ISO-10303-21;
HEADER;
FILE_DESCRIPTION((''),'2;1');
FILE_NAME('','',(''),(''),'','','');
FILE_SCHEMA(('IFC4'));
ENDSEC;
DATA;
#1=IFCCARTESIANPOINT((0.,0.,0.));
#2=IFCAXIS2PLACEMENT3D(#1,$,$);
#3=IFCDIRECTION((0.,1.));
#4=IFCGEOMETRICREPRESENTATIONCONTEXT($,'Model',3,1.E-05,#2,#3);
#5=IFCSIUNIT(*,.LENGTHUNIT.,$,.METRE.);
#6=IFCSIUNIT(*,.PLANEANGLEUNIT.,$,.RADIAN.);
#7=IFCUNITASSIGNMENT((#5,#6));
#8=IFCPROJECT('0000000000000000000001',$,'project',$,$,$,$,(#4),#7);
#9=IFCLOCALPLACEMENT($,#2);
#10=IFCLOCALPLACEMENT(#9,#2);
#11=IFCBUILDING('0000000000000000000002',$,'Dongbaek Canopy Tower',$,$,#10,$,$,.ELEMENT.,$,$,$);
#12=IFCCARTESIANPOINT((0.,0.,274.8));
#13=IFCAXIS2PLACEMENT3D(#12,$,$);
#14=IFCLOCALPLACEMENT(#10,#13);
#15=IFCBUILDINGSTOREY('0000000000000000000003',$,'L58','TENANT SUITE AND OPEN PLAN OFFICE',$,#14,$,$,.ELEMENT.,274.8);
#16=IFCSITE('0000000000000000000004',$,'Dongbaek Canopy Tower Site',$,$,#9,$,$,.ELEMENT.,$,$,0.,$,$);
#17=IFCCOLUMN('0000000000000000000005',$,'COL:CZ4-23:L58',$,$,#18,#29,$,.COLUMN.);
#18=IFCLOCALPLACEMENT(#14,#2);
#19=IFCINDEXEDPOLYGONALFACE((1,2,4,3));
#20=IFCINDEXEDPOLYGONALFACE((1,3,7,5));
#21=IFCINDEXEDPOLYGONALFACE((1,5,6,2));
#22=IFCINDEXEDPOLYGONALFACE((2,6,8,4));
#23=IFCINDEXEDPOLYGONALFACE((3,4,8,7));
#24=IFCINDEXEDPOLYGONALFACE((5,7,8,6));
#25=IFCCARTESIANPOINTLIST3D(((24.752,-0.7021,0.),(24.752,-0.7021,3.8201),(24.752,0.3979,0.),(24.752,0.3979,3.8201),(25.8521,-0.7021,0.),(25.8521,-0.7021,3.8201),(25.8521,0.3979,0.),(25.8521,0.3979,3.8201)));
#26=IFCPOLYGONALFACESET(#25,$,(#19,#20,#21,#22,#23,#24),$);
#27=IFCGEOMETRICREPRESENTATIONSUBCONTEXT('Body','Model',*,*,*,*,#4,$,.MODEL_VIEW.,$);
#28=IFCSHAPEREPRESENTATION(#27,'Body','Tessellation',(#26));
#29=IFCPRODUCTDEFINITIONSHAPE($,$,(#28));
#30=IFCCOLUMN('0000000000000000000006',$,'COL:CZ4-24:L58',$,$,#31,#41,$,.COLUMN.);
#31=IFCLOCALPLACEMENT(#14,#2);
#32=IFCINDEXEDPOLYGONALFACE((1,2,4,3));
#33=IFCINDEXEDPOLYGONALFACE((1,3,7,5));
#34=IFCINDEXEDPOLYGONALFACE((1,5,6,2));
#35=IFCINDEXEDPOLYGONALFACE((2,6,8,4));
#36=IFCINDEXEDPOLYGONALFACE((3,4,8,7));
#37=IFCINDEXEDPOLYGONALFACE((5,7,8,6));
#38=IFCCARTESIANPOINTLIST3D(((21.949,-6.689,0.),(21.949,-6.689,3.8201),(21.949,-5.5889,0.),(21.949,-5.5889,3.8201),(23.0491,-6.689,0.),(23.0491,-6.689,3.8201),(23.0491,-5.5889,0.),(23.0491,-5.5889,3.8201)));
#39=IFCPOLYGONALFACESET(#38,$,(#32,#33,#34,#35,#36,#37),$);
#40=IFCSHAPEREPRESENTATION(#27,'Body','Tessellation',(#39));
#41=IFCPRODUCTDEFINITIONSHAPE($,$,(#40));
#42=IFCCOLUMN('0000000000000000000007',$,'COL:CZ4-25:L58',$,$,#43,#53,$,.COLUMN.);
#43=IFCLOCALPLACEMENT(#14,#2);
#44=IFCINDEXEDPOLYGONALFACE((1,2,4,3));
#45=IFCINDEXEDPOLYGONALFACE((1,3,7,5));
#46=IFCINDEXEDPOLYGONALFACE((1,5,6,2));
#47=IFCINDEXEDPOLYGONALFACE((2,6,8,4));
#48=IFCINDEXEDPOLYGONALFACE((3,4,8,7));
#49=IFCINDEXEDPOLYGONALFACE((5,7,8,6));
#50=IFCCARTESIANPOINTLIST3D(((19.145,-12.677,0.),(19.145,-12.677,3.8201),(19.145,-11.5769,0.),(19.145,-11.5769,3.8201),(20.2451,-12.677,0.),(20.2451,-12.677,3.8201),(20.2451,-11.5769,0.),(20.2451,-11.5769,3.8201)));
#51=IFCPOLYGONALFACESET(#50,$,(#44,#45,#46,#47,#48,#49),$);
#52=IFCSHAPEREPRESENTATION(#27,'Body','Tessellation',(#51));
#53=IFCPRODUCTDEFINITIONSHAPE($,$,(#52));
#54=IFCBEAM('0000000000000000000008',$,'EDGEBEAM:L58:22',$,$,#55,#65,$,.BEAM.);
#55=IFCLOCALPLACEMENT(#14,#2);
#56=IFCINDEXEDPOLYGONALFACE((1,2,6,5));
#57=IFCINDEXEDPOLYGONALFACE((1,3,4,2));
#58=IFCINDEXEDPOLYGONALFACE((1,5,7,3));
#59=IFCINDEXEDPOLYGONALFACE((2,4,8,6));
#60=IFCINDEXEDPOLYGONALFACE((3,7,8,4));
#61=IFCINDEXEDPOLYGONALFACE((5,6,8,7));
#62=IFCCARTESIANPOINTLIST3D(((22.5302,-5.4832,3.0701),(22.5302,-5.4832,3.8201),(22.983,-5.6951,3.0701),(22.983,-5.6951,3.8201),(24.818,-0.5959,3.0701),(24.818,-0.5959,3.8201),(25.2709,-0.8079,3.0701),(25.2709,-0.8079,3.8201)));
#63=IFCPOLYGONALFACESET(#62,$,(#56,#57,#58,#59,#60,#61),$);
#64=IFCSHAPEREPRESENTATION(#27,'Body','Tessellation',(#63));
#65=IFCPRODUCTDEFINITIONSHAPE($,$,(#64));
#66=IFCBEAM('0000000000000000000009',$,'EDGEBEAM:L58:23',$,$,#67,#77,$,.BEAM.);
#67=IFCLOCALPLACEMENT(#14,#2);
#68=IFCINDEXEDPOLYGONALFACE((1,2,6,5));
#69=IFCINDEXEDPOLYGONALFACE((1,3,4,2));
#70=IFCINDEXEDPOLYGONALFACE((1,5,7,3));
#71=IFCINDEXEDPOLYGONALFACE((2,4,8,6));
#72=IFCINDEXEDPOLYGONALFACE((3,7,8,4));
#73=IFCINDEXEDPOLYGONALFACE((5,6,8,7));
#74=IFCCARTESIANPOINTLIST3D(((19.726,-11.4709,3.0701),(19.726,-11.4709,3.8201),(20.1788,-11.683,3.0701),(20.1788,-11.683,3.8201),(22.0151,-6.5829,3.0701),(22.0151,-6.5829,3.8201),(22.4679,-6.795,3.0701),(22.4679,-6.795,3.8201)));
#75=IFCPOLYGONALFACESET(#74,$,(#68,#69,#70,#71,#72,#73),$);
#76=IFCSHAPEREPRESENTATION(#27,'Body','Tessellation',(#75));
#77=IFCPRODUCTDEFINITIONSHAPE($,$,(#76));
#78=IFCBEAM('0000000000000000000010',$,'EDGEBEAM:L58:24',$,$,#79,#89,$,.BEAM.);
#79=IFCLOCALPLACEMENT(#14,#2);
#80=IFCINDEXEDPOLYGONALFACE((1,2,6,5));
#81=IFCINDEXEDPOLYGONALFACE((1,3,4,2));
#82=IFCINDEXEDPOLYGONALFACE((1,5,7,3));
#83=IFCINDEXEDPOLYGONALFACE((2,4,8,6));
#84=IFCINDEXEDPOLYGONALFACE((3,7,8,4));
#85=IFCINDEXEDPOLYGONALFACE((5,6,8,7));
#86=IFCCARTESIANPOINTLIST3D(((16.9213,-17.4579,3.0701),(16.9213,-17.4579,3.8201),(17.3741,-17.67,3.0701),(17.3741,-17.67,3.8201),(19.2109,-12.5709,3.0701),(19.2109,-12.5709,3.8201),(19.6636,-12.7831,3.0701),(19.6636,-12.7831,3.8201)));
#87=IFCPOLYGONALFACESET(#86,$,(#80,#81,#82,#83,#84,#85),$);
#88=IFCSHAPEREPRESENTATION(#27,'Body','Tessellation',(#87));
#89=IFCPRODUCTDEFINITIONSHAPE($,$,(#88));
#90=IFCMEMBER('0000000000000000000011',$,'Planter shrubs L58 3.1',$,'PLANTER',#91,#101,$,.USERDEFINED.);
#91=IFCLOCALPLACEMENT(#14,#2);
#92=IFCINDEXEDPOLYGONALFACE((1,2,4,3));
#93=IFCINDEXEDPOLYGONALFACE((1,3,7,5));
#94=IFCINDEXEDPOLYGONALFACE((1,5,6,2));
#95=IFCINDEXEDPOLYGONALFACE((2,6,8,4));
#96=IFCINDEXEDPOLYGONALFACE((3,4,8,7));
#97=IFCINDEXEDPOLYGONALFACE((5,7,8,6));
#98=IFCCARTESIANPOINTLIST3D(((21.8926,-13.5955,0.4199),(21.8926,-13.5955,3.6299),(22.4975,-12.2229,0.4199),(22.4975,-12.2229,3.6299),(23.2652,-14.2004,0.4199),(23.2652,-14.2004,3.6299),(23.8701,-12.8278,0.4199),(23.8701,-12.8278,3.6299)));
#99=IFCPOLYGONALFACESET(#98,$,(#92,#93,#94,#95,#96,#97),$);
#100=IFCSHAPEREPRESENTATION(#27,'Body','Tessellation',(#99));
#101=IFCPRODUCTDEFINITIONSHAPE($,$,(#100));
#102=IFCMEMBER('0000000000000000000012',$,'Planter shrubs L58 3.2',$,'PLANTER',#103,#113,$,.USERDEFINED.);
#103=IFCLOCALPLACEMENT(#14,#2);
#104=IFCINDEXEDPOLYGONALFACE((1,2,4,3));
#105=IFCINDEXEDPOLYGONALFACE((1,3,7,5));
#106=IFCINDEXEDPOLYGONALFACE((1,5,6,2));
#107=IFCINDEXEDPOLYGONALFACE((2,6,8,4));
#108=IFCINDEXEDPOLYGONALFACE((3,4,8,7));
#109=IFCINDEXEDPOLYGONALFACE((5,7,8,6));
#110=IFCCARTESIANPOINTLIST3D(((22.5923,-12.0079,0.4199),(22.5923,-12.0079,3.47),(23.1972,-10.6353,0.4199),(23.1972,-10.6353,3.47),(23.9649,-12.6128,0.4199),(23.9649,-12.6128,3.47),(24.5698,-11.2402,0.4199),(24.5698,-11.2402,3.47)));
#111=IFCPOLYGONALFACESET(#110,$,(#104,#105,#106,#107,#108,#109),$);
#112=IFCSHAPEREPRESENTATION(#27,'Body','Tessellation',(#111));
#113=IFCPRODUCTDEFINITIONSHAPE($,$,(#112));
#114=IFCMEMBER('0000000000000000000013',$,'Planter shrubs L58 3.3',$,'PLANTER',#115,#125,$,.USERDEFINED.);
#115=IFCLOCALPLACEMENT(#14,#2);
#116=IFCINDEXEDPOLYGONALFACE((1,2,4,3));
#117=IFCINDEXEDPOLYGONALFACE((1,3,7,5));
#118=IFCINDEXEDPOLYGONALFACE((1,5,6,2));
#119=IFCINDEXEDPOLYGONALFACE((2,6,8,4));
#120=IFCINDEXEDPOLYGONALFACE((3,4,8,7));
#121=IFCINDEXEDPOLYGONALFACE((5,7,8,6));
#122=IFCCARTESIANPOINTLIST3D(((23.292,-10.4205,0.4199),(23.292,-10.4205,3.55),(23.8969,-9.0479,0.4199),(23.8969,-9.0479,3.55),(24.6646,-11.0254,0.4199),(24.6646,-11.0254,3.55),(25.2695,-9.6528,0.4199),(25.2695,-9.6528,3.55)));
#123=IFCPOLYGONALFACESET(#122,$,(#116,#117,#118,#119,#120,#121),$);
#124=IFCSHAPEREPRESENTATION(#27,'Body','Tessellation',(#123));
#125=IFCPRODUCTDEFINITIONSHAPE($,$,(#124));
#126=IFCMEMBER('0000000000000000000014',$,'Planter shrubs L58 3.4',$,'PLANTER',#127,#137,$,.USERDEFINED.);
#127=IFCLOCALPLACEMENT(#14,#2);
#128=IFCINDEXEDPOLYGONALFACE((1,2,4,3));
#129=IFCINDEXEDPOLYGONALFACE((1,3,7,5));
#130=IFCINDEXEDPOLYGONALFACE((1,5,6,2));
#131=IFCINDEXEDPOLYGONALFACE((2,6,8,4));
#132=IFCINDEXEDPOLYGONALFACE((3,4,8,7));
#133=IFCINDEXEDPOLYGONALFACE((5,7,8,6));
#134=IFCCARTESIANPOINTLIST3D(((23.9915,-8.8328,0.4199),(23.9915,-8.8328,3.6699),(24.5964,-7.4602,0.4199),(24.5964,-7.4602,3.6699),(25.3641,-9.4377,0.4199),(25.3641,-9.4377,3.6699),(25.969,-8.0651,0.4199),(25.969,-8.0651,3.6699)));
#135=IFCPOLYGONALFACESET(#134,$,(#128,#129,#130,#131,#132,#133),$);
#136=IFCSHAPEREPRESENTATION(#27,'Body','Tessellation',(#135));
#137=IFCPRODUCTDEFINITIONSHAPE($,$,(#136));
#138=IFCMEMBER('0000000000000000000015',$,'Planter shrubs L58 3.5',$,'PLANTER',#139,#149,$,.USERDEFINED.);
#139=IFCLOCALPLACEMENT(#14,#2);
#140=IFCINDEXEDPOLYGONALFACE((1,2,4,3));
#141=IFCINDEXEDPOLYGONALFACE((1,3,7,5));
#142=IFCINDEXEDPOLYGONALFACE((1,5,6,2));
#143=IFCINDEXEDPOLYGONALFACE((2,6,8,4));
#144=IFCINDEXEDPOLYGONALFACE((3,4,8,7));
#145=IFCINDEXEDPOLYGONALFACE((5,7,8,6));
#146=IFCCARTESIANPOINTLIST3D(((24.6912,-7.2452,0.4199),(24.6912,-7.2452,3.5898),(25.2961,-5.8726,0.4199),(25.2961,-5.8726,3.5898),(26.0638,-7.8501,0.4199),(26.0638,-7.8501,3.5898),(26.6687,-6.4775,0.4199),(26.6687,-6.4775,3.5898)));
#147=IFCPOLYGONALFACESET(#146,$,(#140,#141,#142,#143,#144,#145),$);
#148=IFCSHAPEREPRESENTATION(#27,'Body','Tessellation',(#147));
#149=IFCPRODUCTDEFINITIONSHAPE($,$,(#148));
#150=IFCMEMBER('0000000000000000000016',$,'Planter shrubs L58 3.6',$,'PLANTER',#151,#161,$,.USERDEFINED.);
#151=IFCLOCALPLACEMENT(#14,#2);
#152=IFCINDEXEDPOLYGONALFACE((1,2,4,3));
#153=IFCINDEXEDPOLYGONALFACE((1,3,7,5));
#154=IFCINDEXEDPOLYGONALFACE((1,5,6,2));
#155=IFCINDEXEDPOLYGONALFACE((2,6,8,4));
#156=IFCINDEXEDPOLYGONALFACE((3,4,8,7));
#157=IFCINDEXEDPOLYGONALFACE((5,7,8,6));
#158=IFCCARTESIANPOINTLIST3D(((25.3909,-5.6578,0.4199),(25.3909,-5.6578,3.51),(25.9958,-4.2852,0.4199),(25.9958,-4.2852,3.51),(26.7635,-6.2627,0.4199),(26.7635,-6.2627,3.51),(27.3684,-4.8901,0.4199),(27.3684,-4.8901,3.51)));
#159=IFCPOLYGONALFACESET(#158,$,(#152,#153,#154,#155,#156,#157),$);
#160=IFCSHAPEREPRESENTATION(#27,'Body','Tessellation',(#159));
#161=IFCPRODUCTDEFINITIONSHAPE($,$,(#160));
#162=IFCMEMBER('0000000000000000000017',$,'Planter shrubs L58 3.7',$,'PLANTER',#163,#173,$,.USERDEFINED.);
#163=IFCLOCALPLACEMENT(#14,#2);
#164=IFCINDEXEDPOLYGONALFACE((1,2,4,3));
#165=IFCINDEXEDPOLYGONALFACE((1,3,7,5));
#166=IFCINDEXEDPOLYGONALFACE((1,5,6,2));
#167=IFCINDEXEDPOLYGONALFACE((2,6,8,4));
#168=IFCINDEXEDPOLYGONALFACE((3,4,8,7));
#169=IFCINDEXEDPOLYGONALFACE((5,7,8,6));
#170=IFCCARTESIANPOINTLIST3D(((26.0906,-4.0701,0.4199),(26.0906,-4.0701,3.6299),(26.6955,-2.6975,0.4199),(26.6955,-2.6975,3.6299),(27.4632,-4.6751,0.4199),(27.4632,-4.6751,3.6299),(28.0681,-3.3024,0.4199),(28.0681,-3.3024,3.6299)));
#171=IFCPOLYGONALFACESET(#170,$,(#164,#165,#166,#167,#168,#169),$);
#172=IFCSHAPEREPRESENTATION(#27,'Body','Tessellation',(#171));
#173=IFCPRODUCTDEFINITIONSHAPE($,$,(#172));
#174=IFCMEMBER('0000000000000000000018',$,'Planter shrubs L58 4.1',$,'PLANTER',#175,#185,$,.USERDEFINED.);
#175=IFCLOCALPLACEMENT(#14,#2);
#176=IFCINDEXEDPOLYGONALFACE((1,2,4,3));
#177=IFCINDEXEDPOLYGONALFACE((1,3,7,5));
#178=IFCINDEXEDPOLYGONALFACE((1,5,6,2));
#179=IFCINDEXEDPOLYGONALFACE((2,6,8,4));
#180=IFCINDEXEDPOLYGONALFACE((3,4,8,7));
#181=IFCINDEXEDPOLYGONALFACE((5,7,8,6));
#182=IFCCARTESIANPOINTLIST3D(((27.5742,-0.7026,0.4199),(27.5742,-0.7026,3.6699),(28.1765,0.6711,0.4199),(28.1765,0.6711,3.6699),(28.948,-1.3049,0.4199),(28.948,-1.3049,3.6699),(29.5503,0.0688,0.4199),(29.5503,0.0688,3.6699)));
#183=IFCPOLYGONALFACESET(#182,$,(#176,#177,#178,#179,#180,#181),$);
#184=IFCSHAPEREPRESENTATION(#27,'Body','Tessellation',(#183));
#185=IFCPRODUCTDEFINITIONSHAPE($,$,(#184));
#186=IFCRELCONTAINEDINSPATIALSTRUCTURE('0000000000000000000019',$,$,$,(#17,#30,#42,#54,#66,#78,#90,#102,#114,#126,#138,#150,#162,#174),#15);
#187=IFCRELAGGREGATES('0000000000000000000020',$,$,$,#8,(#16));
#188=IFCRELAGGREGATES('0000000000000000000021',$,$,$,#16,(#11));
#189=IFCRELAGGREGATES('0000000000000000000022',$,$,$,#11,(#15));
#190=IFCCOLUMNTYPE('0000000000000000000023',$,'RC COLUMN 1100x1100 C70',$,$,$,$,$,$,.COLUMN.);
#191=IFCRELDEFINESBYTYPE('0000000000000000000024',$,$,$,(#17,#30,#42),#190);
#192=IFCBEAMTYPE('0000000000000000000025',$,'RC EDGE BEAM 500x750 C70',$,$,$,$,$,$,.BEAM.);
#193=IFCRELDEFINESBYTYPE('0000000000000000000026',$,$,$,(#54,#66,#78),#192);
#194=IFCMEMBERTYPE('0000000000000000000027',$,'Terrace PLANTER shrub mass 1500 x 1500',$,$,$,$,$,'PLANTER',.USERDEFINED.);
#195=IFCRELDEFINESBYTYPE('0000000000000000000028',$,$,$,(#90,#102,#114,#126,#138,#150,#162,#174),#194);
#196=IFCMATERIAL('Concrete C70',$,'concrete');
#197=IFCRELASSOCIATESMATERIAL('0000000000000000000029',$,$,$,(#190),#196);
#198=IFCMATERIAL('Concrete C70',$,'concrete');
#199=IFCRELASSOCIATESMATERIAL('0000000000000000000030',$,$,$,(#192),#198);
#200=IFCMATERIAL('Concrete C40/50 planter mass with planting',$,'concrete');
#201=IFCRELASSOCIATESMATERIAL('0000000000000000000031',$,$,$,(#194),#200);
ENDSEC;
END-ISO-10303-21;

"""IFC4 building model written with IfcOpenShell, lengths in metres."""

from ifc_helpers import new_model, si_unit, direction, frame, origin, origin_2d, place, context, subcontext, project, spatial, rectangle, extrude, material, material_profile, profile_set, type_object, element, save


model = new_model("IFC4")

# Units and contexts
model_context = context("Model", 3, precision=1e-05, world=origin(), true_north=direction((0.0, 1.0)))
body_context = subcontext(model_context, "Body", "Model", "MODEL_VIEW")
ifc_project = project(units=[si_unit("LENGTHUNIT", "METRE"), si_unit("PLANEANGLEUNIT", "RADIAN")], contexts=[model_context])

# Site, building, storey
site_placement = place(None, origin())
site = spatial("IfcSite", under=ifc_project, at=site_placement, Name="Dongbaek Canopy Tower Site", CompositionType="ELEMENT", RefElevation=0.0)
building_placement = place(site_placement, origin())
building = spatial("IfcBuilding", under=site, at=building_placement, Name="Dongbaek Canopy Tower", CompositionType="ELEMENT")
storey_placement = place(building_placement, frame((0.0, 0.0, 274.8)))
storey = spatial("IfcBuildingStorey", under=building, at=storey_placement, Name="L58", Description="TENANT SUITE AND OPEN PLAN OFFICE", CompositionType="ELEMENT", Elevation=274.8)

# Columns
ifc_material_1 = material(Name="Concrete C70", Category="concrete")
ifc_material_profile_1 = material_profile(ifc_material_1, rectangle(XDim=1.1001, YDim=1.1001, at=origin_2d()), Name="RC COLUMN 1100x1100 C70")
ifc_profile_set_1 = profile_set([ifc_material_profile_1], Name="Concrete C70")
column_type = type_object("IfcColumnType", Name="RC COLUMN 1100x1100 C70", PredefinedType="COLUMN", material=ifc_profile_set_1)
for number, where, z_axis, x_axis, name in (
    (1, (25.302, -0.1521, 0.0), (0.0, 0.0, 1.0), (1.0, 0.0, 0.0), "COL:CZ4-23:L58"),
    (2, (22.499, -6.1389, 0.0), (0.0, 0.0, 1.0), (1.0, 0.0, 0.0), "COL:CZ4-24:L58"),
    (3, (19.6951, -12.127, 0.0), (0.0, 0.0, 1.0), (1.0, 0.0, 0.0), "COL:CZ4-25:L58"),
):
    element("IfcColumn", number, at=place(storey_placement, frame(where, z_axis=z_axis, x_axis=x_axis)), inside=storey, type_object=column_type, Name=name, PredefinedType="COLUMN", context=body_context, shape_type="SweptSolid", body=[
        extrude(rectangle(XDim=1.1001, YDim=1.1001, at=origin_2d()), origin(), (0.0, 0.0, 1.0), 3.8201),
    ])

# Beams
ifc_material_2 = material(Name="Concrete C70", Category="concrete")
ifc_material_profile_2 = material_profile(ifc_material_2, rectangle(XDim=0.5, YDim=0.75, at=origin_2d()), Name="RC EDGE BEAM 500x750 C70")
ifc_profile_set_2 = profile_set([ifc_material_profile_2], Name="Concrete C70")
beam_type = type_object("IfcBeamType", Name="RC EDGE BEAM 500x750 C70", PredefinedType="BEAM", material=ifc_profile_set_2)
beam_1_placement = place(storey_placement, frame((25.0444, -0.7019, 3.4451), z_axis=(-0.423972, -0.905675, 0.0), x_axis=(0.905675, -0.423972, 0.0)))
element("IfcBeam", 4, at=beam_1_placement, inside=storey, type_object=beam_type, Name="EDGEBEAM:L58:22", PredefinedType="BEAM", context=body_context, shape_type="SweptSolid", body=[
    extrude(rectangle(XDim=0.5, YDim=0.75, at=origin_2d()), origin(), (0.0, 0.0, 1.0), 5.3962),
])
beam_2_placement = place(storey_placement, frame((22.2415, -6.689, 3.4451), z_axis=(-0.424106, -0.905613, 0.0), x_axis=(0.905613, -0.424106, 0.0)))
element("IfcBeam", 5, at=beam_2_placement, inside=storey, type_object=beam_type, Name="EDGEBEAM:L58:23", PredefinedType="BEAM", context=body_context, shape_type="SweptSolid", body=[
    extrude(rectangle(XDim=0.5, YDim=0.75, at=origin_2d()), origin(), (0.0, 0.0, 1.0), 5.3975),
])
beam_3_placement = place(storey_placement, frame((19.4373, -12.677, 3.4451), z_axis=(-0.42425, -0.905545, 0.0), x_axis=(0.905545, -0.42425, 0.0)))
element("IfcBeam", 6, at=beam_3_placement, inside=storey, type_object=beam_type, Name="EDGEBEAM:L58:24", PredefinedType="BEAM", context=body_context, shape_type="SweptSolid", body=[
    extrude(rectangle(XDim=0.5, YDim=0.75, at=origin_2d()), origin(), (0.0, 0.0, 1.0), 5.3967),
])

# Members
ifc_material_3 = material(Name="Concrete C40/50 planter mass with planting", Category="concrete")
ifc_material_profile_3 = material_profile(ifc_material_3, rectangle(XDim=1.5, YDim=1.5, at=origin_2d()), Name="Terrace PLANTER shrub mass 1500 x 1500")
ifc_profile_set_3 = profile_set([ifc_material_profile_3], Name="Concrete C40/50 planter mass with planting")
member_type = type_object("IfcMemberType", Name="Terrace PLANTER shrub mass 1500 x 1500", ElementType="PLANTER", PredefinedType="USERDEFINED", material=ifc_profile_set_3)
member_1_placement = place(storey_placement, frame((22.8813, -13.2117, 0.4199), z_axis=(0.0, 0.0, 1.0), x_axis=(0.915073, -0.403288, 0.0)))
element("IfcMember", 7, at=member_1_placement, inside=storey, type_object=member_type, Name="Planter shrubs L58 3.1", ObjectType="PLANTER", PredefinedType="USERDEFINED", context=body_context, shape_type="SweptSolid", body=[
    extrude(rectangle(XDim=1.5, YDim=1.5, at=origin_2d()), origin(), (0.0, 0.0, 1.0), 3.21),
])
member_2_placement = place(storey_placement, frame((23.5811, -11.624, 0.4199), z_axis=(0.0, 0.0, 1.0), x_axis=(0.915073, -0.403288, 0.0)))
element("IfcMember", 8, at=member_2_placement, inside=storey, type_object=member_type, Name="Planter shrubs L58 3.2", ObjectType="PLANTER", PredefinedType="USERDEFINED", context=body_context, shape_type="SweptSolid", body=[
    extrude(rectangle(XDim=1.5, YDim=1.5, at=origin_2d()), origin(), (0.0, 0.0, 1.0), 3.05),
])
member_3_placement = place(storey_placement, frame((24.2808, -10.0366, 0.4199), z_axis=(0.0, 0.0, 1.0), x_axis=(0.915073, -0.403288, 0.0)))
element("IfcMember", 9, at=member_3_placement, inside=storey, type_object=member_type, Name="Planter shrubs L58 3.3", ObjectType="PLANTER", PredefinedType="USERDEFINED", context=body_context, shape_type="SweptSolid", body=[
    extrude(rectangle(XDim=1.5, YDim=1.5, at=origin_2d()), origin(), (0.0, 0.0, 1.0), 3.1301),
])
member_4_placement = place(storey_placement, frame((24.9802, -8.449, 0.4199), z_axis=(0.0, 0.0, 1.0), x_axis=(0.915073, -0.403288, 0.0)))
element("IfcMember", 10, at=member_4_placement, inside=storey, type_object=member_type, Name="Planter shrubs L58 3.4", ObjectType="PLANTER", PredefinedType="USERDEFINED", context=body_context, shape_type="SweptSolid", body=[
    extrude(rectangle(XDim=1.5, YDim=1.5, at=origin_2d()), origin(), (0.0, 0.0, 1.0), 3.25),
])
member_5_placement = place(storey_placement, frame((25.6799, -6.8613, 0.4199), z_axis=(0.0, 0.0, 1.0), x_axis=(0.915073, -0.403288, 0.0)))
element("IfcMember", 11, at=member_5_placement, inside=storey, type_object=member_type, Name="Planter shrubs L58 3.5", ObjectType="PLANTER", PredefinedType="USERDEFINED", context=body_context, shape_type="SweptSolid", body=[
    extrude(rectangle(XDim=1.5, YDim=1.5, at=origin_2d()), origin(), (0.0, 0.0, 1.0), 3.1699),
])
member_6_placement = place(storey_placement, frame((26.3796, -5.2739, 0.4199), z_axis=(0.0, 0.0, 1.0), x_axis=(0.915073, -0.403288, 0.0)))
element("IfcMember", 12, at=member_6_placement, inside=storey, type_object=member_type, Name="Planter shrubs L58 3.6", ObjectType="PLANTER", PredefinedType="USERDEFINED", context=body_context, shape_type="SweptSolid", body=[
    extrude(rectangle(XDim=1.5, YDim=1.5, at=origin_2d()), origin(), (0.0, 0.0, 1.0), 3.0901),
])
member_7_placement = place(storey_placement, frame((27.0793, -3.6863, 0.4199), z_axis=(0.0, 0.0, 1.0), x_axis=(0.915073, -0.403288, 0.0)))
element("IfcMember", 13, at=member_7_placement, inside=storey, type_object=member_type, Name="Planter shrubs L58 3.7", ObjectType="PLANTER", PredefinedType="USERDEFINED", context=body_context, shape_type="SweptSolid", body=[
    extrude(rectangle(XDim=1.5, YDim=1.5, at=origin_2d()), origin(), (0.0, 0.0, 1.0), 3.21),
])
member_8_placement = place(storey_placement, frame((28.5623, -0.3169, 0.4199), z_axis=(0.0, 0.0, 1.0), x_axis=(0.915838, -0.401549, 0.0)))
element("IfcMember", 14, at=member_8_placement, inside=storey, type_object=member_type, Name="Planter shrubs L58 4.1", ObjectType="PLANTER", PredefinedType="USERDEFINED", context=body_context, shape_type="SweptSolid", body=[
    extrude(rectangle(XDim=1.5, YDim=1.5, at=origin_2d()), origin(), (0.0, 0.0, 1.0), 3.25),
])

save(model, "model.ifc")
